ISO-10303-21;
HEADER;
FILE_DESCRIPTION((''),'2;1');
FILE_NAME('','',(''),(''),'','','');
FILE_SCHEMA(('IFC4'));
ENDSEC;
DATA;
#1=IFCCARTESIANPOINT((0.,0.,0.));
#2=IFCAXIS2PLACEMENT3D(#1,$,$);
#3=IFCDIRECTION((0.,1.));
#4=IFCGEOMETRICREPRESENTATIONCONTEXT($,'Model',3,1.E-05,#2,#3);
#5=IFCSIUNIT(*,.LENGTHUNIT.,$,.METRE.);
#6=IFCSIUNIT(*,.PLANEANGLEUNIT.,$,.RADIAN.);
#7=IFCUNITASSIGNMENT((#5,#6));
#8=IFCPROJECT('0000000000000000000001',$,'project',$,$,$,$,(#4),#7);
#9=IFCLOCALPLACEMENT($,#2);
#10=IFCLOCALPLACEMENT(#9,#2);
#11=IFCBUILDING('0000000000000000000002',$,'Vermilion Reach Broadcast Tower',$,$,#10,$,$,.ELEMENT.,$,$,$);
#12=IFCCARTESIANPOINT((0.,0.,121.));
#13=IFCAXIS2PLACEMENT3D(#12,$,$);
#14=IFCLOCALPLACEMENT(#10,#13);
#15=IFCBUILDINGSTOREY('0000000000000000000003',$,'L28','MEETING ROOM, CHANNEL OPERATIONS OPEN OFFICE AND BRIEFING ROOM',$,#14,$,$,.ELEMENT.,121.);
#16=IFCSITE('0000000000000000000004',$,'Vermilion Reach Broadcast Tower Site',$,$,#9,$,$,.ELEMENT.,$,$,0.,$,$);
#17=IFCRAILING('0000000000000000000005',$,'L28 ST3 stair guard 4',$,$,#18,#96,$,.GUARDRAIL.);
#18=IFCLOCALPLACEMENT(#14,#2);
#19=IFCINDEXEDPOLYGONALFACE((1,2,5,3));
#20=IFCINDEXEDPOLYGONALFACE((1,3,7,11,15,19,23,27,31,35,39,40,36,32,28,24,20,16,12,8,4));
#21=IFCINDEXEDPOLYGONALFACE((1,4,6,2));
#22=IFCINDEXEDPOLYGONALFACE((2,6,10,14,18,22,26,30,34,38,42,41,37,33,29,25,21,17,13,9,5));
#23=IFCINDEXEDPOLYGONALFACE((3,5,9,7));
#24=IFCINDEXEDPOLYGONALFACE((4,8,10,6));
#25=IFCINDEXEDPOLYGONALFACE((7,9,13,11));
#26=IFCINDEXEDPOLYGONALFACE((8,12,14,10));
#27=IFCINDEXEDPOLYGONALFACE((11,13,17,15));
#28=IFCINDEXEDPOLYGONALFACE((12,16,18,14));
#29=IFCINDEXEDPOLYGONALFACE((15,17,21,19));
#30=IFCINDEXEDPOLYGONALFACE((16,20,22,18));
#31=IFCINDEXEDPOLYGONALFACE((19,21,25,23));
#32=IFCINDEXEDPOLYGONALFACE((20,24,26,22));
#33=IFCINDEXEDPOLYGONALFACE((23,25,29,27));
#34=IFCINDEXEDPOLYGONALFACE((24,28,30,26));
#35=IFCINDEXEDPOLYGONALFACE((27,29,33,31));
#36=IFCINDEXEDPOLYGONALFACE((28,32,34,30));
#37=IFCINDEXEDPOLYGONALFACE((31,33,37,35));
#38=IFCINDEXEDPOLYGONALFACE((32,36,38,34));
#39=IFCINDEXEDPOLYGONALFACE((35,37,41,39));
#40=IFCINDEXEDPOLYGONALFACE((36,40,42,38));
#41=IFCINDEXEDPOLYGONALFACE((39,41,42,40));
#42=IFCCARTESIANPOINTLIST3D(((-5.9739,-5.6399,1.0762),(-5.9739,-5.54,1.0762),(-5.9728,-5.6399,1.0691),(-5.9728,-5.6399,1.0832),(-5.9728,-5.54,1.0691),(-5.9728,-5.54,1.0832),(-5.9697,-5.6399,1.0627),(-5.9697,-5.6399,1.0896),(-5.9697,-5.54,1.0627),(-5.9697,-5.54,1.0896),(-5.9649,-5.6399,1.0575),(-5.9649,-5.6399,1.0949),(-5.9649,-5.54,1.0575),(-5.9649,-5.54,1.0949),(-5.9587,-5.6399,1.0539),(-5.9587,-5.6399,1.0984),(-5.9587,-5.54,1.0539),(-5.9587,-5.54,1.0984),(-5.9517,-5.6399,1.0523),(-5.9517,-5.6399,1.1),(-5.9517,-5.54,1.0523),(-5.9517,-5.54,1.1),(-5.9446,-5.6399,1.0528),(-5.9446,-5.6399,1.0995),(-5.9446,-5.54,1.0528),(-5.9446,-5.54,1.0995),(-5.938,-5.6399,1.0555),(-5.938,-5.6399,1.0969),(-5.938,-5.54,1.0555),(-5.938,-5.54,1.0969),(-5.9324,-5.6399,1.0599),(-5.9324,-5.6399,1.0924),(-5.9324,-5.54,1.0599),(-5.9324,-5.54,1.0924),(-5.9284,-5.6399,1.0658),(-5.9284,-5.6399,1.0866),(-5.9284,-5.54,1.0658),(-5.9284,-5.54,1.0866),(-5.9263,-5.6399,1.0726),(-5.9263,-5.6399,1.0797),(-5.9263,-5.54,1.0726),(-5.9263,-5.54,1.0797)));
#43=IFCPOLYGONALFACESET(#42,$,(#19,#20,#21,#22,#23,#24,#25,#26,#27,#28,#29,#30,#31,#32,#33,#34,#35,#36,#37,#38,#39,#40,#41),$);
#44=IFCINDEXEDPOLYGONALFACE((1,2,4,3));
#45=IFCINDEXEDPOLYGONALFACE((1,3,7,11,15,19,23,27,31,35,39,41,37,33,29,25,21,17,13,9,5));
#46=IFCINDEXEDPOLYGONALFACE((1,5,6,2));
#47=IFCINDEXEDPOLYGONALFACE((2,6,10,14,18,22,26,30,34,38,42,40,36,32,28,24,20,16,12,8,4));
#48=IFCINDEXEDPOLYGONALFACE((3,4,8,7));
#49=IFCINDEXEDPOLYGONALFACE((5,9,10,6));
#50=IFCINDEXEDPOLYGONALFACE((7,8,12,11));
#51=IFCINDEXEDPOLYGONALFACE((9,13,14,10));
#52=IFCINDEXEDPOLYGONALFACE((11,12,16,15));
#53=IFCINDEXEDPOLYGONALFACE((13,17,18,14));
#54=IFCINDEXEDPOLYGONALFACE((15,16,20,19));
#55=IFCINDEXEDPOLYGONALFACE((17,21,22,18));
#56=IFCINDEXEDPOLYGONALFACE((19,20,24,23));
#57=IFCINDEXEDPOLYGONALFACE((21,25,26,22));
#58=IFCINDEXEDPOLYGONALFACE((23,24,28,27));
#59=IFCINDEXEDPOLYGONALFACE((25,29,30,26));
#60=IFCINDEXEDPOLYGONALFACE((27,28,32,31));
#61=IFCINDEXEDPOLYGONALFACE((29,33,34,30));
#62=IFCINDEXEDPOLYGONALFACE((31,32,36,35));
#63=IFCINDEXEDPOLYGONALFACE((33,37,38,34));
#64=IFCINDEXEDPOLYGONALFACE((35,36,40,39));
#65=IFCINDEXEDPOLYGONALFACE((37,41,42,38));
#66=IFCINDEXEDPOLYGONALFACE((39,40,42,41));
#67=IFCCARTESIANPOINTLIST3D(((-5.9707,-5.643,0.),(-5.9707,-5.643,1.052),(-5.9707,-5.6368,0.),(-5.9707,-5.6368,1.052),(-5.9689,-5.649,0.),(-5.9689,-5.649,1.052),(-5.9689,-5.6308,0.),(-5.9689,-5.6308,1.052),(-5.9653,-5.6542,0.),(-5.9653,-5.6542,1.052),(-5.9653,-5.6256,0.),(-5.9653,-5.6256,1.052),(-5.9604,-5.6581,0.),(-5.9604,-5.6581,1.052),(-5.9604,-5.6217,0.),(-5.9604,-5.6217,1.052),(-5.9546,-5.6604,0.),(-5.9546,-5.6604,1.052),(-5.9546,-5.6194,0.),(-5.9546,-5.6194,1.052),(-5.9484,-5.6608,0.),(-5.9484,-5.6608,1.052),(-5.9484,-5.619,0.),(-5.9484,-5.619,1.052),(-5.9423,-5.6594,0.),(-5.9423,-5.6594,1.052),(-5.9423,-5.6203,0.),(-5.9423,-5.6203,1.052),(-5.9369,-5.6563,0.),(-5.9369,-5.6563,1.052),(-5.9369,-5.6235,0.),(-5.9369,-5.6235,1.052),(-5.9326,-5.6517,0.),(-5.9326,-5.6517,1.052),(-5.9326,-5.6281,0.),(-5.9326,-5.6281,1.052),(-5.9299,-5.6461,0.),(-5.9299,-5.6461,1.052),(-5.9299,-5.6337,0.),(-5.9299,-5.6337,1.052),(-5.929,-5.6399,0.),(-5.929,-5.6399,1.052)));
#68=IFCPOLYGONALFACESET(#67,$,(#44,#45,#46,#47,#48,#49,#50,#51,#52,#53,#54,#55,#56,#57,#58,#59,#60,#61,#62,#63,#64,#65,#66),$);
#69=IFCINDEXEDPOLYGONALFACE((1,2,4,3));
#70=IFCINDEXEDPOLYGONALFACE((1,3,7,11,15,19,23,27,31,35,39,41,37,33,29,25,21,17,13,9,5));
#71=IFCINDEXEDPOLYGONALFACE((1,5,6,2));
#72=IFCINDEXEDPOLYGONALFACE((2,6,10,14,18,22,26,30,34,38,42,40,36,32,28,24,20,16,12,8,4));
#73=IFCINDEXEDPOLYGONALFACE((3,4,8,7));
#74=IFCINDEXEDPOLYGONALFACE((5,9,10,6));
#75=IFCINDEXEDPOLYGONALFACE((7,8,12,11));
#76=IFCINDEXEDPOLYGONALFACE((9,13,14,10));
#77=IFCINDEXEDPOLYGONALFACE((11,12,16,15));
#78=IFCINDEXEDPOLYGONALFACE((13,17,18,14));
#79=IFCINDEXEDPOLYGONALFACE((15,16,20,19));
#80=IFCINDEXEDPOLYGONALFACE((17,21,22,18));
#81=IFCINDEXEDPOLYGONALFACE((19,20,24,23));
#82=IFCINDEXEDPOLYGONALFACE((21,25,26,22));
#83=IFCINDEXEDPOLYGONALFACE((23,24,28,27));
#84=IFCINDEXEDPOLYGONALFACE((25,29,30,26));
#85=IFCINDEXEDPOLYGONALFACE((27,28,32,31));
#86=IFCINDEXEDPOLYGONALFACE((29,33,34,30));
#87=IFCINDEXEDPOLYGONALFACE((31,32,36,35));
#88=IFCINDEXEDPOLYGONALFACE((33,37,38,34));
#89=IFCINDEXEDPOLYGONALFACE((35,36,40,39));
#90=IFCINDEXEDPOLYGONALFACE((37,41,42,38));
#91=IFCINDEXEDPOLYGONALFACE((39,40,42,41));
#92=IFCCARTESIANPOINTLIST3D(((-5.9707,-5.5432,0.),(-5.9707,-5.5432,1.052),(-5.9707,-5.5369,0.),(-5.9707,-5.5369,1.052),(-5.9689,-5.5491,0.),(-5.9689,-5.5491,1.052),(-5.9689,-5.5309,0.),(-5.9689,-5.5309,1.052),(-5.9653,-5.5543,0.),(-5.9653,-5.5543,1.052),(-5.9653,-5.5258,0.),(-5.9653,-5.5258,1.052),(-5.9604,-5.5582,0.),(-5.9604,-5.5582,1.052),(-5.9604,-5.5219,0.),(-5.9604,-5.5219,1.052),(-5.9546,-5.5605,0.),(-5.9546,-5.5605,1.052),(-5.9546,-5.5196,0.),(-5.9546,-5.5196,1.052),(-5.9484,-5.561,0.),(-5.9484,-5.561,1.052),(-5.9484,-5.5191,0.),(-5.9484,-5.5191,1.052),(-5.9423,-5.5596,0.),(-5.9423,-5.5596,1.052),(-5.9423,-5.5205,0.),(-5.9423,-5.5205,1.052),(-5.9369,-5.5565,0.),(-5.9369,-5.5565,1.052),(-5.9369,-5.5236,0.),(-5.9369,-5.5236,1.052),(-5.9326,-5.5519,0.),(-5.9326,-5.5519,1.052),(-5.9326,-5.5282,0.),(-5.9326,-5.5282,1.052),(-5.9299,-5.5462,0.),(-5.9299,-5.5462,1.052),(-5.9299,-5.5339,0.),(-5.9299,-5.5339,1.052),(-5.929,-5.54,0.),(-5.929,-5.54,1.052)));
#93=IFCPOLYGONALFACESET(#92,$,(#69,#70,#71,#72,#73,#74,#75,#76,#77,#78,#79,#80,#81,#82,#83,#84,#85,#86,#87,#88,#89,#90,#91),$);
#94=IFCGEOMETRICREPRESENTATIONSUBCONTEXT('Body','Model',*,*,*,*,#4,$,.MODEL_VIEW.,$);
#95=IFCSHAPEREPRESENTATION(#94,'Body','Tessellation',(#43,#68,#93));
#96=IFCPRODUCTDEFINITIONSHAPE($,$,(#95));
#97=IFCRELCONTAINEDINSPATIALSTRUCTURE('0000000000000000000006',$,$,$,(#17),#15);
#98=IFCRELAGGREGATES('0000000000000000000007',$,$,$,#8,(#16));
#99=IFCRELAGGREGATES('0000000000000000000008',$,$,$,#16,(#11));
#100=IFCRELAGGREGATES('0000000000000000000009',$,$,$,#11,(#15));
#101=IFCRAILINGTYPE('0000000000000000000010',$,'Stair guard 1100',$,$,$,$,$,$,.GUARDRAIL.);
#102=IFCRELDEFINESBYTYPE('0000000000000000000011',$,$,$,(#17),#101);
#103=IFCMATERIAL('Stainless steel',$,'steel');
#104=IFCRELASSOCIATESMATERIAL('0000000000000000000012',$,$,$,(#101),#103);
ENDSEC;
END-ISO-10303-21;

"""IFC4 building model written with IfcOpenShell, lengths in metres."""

from ifc_helpers import new_model, si_unit, direction, frame, origin, origin_2d, place, context, subcontext, project, spatial, circle, extrude, material, type_object, element, save


model = new_model("IFC4")

# Units and contexts
model_context = context("Model", 3, precision=1e-05, world=origin(), true_north=direction((0.0, 1.0)))
body_context = subcontext(model_context, "Body", "Model", "MODEL_VIEW")
ifc_project = project(units=[si_unit("LENGTHUNIT", "METRE"), si_unit("PLANEANGLEUNIT", "RADIAN")], contexts=[model_context])

# Site, building, storey
site_placement = place(None, origin())
site = spatial("IfcSite", under=ifc_project, at=site_placement, Name="Vermilion Reach Broadcast Tower Site", CompositionType="ELEMENT", RefElevation=0.0)
building_placement = place(site_placement, origin())
building = spatial("IfcBuilding", under=site, at=building_placement, Name="Vermilion Reach Broadcast Tower", CompositionType="ELEMENT")
storey_placement = place(building_placement, frame((0.0, 0.0, 121.0)))
storey = spatial("IfcBuildingStorey", under=building, at=storey_placement, Name="L28", Description="MEETING ROOM, CHANNEL OPERATIONS OPEN OFFICE AND BRIEFING ROOM", CompositionType="ELEMENT", Elevation=121.0)

# Railing
ifc_material_1 = material(Name="Stainless steel", Category="steel")
railing_type_1 = type_object("IfcRailingType", Name="Stair guard 1100", PredefinedType="GUARDRAIL", material=ifc_material_1)
railing_1_placement = place(storey_placement, frame((-5.95, -5.6399, 0.0)))
element("IfcRailing", 1, at=railing_1_placement, inside=storey, type_object=railing_type_1, Name="L28 ST3 stair guard 4", PredefinedType="GUARDRAIL", context=body_context, shape_type="SweptSolid", body=[
    extrude(circle(Radius=0.0239, at=origin_2d()), frame((0.0, 0.0, 1.0762), z_axis=(0.0, 1.0, 0.0), x_axis=(-1.0, 0.0, 0.0)), (0.0, 0.0, 1.0), 0.0999),
    extrude(circle(Radius=0.021, at=origin_2d()), origin(), (0.0, 0.0, 1.0), 1.052),
    extrude(circle(Radius=0.021, at=origin_2d()), frame((0.0, 0.0999, 0.0)), (0.0, 0.0, 1.0), 1.052),
])

save(model, "model.ifc")
